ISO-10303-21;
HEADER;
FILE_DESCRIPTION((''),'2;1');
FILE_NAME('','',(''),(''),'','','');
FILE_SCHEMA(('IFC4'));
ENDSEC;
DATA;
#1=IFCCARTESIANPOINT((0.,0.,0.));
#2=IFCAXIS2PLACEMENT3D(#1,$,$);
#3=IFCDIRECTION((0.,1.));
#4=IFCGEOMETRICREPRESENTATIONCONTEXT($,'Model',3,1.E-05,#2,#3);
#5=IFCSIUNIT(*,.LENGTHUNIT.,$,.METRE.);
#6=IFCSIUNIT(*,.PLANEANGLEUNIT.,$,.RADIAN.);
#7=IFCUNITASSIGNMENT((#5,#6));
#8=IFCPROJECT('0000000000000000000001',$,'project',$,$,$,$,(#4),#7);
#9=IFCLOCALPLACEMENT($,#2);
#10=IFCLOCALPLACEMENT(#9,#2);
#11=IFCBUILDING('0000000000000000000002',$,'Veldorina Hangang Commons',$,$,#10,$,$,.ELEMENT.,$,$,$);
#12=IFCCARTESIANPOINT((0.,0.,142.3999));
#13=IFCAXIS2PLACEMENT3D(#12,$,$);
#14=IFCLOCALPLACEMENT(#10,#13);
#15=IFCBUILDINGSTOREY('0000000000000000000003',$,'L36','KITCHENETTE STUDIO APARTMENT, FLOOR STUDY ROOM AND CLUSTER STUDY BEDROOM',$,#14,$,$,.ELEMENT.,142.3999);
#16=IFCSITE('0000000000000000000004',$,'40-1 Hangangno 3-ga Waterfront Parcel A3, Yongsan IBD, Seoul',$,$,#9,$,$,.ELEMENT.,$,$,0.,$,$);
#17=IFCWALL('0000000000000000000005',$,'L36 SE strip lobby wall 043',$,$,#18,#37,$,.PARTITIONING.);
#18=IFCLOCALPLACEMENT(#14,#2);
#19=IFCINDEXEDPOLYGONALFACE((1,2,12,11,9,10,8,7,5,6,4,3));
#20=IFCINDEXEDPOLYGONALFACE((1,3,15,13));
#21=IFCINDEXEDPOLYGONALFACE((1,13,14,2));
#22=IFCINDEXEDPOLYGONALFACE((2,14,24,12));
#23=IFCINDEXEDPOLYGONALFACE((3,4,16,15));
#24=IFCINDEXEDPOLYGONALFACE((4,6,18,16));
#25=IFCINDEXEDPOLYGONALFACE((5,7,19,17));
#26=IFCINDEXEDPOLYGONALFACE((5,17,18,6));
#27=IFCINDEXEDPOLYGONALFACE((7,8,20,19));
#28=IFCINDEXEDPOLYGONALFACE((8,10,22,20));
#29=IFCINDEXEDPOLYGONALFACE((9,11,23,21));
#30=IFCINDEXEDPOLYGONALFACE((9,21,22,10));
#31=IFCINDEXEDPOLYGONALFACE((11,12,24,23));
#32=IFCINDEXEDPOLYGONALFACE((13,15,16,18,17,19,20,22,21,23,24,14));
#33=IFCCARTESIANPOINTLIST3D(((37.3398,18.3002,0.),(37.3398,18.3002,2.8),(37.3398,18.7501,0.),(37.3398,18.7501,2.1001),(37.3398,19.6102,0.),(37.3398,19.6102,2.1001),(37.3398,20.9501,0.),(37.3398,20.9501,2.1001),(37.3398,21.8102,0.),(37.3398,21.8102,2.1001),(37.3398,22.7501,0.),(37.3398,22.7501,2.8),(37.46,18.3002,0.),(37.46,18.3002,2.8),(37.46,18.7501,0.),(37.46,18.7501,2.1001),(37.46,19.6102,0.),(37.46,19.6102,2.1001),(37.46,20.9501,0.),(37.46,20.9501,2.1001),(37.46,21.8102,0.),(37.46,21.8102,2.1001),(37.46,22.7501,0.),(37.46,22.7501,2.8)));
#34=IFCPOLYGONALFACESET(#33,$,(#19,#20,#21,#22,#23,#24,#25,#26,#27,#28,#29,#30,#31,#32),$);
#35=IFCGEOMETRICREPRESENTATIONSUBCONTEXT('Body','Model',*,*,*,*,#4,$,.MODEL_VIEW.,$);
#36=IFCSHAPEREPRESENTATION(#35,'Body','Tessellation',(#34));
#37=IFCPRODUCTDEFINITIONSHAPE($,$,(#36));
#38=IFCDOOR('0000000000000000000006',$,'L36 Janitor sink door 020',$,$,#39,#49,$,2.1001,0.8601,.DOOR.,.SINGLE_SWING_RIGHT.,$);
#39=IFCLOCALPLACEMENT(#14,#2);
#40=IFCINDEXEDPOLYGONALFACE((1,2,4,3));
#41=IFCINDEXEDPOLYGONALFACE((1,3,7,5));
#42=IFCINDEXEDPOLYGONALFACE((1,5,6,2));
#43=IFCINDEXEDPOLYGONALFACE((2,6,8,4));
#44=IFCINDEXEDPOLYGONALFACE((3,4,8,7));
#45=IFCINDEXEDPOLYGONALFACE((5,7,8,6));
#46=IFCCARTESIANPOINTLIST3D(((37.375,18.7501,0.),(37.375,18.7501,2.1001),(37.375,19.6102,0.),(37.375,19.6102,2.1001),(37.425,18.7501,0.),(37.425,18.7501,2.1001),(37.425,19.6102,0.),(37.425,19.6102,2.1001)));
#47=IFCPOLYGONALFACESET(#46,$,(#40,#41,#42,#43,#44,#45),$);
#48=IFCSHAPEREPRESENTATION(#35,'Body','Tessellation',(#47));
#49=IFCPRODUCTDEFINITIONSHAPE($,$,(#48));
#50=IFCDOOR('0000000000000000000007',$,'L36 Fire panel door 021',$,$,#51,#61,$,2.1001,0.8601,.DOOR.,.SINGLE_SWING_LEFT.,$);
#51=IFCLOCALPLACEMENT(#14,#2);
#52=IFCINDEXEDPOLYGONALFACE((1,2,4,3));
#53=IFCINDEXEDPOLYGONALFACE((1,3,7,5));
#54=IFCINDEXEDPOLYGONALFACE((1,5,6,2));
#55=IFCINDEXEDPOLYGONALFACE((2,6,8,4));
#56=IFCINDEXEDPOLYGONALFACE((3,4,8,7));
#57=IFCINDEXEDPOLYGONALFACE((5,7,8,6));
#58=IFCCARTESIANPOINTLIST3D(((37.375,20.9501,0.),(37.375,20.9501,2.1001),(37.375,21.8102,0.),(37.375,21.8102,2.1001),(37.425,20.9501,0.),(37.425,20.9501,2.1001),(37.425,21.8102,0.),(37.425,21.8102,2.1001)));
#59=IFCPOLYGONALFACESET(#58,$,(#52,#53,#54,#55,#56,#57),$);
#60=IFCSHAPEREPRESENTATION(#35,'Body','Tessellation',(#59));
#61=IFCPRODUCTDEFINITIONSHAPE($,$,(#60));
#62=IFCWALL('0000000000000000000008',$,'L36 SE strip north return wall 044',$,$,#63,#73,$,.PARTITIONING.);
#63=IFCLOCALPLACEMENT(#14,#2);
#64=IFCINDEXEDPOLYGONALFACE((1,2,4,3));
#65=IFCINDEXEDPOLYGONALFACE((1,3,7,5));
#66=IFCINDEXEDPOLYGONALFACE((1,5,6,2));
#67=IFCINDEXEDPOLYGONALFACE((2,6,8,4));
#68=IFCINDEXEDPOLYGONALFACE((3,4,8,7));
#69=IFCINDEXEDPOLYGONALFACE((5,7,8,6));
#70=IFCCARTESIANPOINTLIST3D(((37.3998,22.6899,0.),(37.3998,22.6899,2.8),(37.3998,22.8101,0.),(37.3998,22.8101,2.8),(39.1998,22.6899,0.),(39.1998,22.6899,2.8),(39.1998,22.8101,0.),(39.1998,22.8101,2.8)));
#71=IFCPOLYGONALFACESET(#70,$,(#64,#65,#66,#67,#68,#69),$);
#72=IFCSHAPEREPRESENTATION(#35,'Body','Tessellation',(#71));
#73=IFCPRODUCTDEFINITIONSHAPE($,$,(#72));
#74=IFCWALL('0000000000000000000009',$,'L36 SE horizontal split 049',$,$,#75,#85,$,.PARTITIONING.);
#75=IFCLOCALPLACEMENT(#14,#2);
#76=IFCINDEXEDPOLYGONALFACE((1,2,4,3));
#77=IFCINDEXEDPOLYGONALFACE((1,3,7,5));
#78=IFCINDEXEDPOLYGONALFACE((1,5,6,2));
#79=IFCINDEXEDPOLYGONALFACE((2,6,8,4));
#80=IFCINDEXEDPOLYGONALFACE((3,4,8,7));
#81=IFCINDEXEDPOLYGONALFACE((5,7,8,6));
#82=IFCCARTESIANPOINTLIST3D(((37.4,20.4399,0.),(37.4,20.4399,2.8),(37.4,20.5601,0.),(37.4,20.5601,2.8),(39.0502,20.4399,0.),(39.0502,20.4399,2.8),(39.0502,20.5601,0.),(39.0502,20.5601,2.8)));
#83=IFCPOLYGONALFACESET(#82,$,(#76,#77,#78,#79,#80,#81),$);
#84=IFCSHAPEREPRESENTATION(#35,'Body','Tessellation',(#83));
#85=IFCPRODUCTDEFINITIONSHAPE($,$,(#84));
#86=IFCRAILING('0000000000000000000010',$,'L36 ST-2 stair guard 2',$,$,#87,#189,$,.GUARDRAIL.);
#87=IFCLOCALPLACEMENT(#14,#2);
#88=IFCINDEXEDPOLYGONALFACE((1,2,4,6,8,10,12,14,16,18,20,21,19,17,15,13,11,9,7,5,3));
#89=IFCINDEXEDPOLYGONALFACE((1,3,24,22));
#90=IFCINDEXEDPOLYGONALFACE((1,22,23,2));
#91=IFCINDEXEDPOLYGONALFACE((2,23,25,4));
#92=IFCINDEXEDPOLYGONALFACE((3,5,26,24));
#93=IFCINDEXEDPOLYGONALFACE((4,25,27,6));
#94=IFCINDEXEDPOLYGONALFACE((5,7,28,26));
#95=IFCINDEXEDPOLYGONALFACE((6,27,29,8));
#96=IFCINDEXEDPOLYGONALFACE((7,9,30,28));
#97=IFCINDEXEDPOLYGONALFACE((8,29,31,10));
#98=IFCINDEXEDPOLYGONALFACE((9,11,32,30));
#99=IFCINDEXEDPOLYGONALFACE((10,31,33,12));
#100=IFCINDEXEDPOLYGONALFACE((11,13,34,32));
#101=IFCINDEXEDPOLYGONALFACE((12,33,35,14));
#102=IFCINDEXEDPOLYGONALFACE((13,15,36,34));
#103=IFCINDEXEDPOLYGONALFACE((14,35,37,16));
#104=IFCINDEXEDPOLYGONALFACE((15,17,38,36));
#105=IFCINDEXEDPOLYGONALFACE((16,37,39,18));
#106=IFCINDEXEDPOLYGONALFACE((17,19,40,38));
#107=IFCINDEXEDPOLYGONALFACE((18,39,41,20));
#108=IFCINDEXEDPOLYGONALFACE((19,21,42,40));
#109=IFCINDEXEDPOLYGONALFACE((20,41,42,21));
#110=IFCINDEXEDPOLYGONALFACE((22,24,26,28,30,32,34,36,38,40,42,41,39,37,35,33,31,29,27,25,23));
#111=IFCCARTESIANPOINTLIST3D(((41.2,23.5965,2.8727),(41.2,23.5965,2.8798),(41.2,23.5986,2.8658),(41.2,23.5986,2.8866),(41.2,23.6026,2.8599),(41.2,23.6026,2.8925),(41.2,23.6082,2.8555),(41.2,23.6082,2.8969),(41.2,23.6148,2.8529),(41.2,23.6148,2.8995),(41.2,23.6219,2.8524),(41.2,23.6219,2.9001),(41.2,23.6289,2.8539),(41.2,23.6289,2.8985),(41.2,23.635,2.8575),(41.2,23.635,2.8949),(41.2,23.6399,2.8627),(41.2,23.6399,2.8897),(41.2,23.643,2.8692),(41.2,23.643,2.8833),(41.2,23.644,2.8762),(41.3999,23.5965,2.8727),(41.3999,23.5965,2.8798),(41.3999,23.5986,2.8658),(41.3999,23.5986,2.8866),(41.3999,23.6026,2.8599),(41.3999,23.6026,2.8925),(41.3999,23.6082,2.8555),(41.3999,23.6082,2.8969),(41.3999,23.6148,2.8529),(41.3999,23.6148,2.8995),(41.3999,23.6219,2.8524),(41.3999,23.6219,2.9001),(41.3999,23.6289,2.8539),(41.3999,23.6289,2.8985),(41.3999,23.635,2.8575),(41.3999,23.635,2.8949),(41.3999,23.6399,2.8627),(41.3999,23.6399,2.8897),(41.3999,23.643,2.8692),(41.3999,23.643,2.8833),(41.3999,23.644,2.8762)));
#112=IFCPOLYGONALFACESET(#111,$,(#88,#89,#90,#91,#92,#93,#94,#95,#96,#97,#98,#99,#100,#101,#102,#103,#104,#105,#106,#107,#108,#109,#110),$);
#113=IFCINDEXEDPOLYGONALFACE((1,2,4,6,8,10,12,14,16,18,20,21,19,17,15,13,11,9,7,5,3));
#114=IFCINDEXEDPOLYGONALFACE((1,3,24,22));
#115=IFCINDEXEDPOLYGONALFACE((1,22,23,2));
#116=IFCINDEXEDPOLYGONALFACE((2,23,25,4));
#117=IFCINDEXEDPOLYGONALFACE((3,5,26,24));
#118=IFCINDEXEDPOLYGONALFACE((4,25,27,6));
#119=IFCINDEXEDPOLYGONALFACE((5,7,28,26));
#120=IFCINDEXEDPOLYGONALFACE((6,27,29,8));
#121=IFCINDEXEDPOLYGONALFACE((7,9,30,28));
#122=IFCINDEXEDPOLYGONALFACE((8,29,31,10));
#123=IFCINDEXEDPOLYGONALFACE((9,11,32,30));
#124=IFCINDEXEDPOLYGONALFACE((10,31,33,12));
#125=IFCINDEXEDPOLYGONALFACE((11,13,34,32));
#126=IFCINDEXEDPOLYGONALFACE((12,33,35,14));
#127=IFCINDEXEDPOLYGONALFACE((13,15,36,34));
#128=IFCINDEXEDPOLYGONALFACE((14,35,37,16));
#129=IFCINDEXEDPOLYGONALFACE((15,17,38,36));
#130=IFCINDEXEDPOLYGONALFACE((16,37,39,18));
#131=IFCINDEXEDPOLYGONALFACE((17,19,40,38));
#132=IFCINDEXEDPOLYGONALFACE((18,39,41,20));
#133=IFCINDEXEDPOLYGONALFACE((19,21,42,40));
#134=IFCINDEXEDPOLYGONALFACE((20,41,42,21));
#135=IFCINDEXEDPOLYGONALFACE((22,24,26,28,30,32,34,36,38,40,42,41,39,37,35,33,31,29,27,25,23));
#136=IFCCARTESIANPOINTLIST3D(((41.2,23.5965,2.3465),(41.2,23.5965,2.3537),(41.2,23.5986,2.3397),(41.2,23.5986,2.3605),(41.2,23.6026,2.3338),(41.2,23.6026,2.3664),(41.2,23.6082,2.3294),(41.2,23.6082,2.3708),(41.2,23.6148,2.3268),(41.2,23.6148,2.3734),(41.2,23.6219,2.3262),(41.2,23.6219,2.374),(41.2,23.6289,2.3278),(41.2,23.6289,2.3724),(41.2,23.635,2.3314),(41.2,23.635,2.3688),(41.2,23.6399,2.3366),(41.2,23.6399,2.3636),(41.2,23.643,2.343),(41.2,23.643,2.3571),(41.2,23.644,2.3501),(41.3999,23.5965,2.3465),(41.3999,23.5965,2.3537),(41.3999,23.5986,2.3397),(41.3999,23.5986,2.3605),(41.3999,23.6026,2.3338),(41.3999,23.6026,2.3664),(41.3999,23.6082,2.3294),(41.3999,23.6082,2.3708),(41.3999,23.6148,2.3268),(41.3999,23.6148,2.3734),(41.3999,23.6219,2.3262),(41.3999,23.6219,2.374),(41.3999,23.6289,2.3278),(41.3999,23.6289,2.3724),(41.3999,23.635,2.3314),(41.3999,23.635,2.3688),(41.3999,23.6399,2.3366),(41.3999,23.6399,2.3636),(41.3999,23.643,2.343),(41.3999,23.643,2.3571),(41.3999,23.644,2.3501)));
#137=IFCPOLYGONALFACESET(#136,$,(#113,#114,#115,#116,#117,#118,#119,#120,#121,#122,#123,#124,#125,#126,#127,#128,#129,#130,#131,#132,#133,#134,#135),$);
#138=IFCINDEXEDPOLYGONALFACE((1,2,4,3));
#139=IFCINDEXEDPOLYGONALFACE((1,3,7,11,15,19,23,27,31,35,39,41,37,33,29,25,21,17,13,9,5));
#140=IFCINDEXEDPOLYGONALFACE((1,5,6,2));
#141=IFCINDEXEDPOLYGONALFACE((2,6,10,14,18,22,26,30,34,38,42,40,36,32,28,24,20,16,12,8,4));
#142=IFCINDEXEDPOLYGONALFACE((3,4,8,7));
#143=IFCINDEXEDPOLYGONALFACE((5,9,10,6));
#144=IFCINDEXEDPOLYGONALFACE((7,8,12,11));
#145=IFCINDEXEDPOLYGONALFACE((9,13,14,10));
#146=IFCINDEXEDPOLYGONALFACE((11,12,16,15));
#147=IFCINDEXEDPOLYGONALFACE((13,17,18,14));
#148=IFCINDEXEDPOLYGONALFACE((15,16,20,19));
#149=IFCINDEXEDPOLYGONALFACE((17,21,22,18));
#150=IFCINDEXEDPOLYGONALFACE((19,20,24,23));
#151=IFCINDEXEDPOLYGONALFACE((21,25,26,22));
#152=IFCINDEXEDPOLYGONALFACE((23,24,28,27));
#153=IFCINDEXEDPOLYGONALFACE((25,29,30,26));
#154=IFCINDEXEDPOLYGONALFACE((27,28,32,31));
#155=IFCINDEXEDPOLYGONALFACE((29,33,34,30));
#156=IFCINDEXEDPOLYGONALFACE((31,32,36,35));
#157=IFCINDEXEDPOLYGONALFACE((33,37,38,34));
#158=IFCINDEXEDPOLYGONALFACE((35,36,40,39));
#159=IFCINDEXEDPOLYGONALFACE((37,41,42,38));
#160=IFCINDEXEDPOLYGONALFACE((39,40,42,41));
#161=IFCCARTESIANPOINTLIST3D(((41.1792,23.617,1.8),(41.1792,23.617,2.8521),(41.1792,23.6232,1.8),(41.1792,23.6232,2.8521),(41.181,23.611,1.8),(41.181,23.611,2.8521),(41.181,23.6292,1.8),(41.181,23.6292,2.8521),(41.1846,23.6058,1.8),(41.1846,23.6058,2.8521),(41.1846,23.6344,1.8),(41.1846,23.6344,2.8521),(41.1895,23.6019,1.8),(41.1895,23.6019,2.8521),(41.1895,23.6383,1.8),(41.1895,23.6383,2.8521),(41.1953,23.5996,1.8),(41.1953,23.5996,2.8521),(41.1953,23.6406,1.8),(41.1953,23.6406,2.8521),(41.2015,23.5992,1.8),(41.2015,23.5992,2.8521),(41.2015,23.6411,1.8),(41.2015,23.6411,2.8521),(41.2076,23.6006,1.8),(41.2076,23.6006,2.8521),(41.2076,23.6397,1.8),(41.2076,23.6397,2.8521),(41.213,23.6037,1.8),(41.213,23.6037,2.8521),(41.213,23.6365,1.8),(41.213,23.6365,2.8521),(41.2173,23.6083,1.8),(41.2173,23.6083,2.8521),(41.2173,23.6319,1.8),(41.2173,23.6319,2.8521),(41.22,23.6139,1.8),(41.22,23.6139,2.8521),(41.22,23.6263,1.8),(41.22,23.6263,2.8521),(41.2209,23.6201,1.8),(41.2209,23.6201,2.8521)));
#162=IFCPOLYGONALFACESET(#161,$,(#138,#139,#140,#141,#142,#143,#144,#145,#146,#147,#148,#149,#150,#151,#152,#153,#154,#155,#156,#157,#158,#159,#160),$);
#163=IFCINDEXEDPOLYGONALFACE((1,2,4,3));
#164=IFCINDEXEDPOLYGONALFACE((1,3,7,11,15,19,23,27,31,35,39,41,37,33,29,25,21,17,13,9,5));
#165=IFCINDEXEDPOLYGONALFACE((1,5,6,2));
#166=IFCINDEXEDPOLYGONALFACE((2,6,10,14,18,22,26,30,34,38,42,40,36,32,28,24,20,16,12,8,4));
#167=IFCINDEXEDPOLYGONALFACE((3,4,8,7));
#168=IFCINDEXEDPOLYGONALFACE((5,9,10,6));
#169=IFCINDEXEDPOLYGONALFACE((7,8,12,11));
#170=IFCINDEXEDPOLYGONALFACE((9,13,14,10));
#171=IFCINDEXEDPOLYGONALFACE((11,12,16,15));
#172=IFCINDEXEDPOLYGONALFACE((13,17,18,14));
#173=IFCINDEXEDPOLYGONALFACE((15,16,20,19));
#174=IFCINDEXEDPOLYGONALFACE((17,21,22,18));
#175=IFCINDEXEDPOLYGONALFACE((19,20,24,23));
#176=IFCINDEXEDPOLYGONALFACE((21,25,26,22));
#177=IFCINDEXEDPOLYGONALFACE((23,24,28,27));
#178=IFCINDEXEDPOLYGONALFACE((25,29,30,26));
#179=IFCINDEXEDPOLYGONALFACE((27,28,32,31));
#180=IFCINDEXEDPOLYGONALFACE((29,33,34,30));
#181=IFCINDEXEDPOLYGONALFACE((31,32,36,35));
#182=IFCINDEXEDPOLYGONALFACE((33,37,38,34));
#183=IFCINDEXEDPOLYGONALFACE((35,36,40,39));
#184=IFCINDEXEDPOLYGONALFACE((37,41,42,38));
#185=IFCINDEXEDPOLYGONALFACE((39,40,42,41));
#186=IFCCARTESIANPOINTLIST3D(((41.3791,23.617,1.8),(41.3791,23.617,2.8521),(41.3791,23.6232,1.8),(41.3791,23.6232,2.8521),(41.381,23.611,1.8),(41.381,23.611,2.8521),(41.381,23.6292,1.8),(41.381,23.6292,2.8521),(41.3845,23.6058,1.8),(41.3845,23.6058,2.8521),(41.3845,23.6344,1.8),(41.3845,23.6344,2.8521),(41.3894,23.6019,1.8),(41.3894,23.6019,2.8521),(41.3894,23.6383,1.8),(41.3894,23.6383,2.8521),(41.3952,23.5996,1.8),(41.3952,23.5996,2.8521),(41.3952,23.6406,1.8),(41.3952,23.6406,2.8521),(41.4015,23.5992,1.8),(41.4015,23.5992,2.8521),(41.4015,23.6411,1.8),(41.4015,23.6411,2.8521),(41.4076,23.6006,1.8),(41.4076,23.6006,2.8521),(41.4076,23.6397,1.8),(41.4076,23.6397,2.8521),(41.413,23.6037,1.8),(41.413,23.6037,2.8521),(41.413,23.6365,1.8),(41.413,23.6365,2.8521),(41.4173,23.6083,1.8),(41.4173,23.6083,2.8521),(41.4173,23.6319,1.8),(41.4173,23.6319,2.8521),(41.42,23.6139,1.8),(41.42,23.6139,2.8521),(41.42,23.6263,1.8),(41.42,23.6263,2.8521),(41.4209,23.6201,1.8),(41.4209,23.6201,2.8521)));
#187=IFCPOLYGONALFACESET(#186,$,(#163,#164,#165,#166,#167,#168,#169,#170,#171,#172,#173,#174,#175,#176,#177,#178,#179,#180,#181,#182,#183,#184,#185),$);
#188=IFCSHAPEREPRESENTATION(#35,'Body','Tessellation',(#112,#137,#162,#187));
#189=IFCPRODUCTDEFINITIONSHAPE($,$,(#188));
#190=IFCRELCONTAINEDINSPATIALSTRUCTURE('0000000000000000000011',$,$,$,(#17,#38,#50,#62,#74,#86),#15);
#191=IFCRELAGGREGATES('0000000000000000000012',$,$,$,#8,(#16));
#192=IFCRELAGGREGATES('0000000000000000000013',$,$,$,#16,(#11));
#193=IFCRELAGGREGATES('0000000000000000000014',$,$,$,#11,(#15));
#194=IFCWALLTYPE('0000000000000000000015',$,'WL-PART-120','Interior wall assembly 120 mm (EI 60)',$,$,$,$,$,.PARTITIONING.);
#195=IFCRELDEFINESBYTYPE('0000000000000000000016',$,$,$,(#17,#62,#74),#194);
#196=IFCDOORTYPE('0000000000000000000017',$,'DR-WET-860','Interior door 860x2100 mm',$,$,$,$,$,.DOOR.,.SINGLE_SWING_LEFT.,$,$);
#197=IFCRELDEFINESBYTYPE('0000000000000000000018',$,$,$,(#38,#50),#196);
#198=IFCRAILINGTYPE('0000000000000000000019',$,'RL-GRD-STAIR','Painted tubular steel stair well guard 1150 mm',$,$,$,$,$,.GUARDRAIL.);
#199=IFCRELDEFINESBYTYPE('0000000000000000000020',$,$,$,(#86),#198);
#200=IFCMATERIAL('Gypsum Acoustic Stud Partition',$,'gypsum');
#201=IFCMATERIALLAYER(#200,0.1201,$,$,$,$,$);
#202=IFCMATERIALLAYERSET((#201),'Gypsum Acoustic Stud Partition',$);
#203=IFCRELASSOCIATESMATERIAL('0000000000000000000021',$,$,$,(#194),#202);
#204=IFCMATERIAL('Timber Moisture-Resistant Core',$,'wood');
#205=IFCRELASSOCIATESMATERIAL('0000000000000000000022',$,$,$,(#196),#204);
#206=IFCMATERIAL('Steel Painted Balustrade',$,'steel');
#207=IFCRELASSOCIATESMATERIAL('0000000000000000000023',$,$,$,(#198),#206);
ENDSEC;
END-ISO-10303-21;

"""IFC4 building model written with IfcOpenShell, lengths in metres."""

from ifc_helpers import new_model, si_unit, direction, frame, frame_2d, origin, origin_2d, place, context, subcontext, project, spatial, rectangle, circle, extrude, material, layer, layer_set, type_object, element, fill, save


model = new_model("IFC4")

# Units and contexts
model_context = context("Model", 3, precision=1e-05, world=origin(), true_north=direction((0.0, 1.0)))
body_context = subcontext(model_context, "Body", "Model", "MODEL_VIEW")
ifc_project = project(units=[si_unit("LENGTHUNIT", "METRE"), si_unit("PLANEANGLEUNIT", "RADIAN")], contexts=[model_context])

# Site, building, storey
site_placement = place(None, origin())
site = spatial("IfcSite", under=ifc_project, at=site_placement, Name="40-1 Hangangno 3-ga Waterfront Parcel A3, Yongsan IBD, Seoul", CompositionType="ELEMENT", RefElevation=0.0)
building_placement = place(site_placement, origin())
building = spatial("IfcBuilding", under=site, at=building_placement, Name="Veldorina Hangang Commons", CompositionType="ELEMENT")
storey_placement = place(building_placement, frame((0.0, 0.0, 142.3999)))
storey = spatial("IfcBuildingStorey", under=building, at=storey_placement, Name="L36", Description="KITCHENETTE STUDIO APARTMENT, FLOOR STUDY ROOM AND CLUSTER STUDY BEDROOM", CompositionType="ELEMENT", Elevation=142.3999)

# Wall, openings, doors
ifc_material_1 = material(Name="Gypsum Acoustic Stud Partition", Category="gypsum")
ifc_layer_1 = layer(ifc_material_1, 0.1201)
ifc_layer_set_1 = layer_set([ifc_layer_1], Name="Gypsum Acoustic Stud Partition")
wall_type_1 = type_object("IfcWallType", Name="WL-PART-120", Description="Interior wall assembly 120 mm (EI 60)", PredefinedType="PARTITIONING", material=ifc_layer_set_1)
wall_1_placement = place(storey_placement, frame((37.3999, 18.3, 0.0), z_axis=(0.0, 0.0, 1.0), x_axis=(0.0, 1.0, 0.0)))
wall_1 = element("IfcWall", 1, at=wall_1_placement, inside=storey, type_object=wall_type_1, Name="L36 SE strip lobby wall 043", PredefinedType="PARTITIONING", context=body_context, shape_type="SweptSolid", body=[
    extrude(rectangle(XDim=4.45, YDim=0.1201, at=frame_2d((2.2251, 0.0))), origin(), (0.0, 0.0, 1.0), 2.8),
])
opening_1_placement = place(wall_1_placement, frame((0.45, 0.0, 0.0)))
opening_1 = element("IfcOpeningElement", 2, at=opening_1_placement, cuts=wall_1, PredefinedType="OPENING", context=body_context, shape_type="SweptSolid", body=[
    extrude(rectangle(XDim=0.8601, YDim=2.1001, at=frame_2d((0.4302, 1.05))), frame((0.0, 0.0701, 0.0), z_axis=(0.0, -1.0, 0.0), x_axis=(1.0, 0.0, 0.0)), (0.0, 0.0, 1.0), 0.1401),
])
opening_2_placement = place(wall_1_placement, frame((2.6499, 0.0, 0.0)))
opening_2 = element("IfcOpeningElement", 3, at=opening_2_placement, cuts=wall_1, PredefinedType="OPENING", context=body_context, shape_type="SweptSolid", body=[
    extrude(rectangle(XDim=0.8601, YDim=2.1001, at=frame_2d((0.4302, 1.05))), frame((0.0, 0.0701, 0.0), z_axis=(0.0, -1.0, 0.0), x_axis=(1.0, 0.0, 0.0)), (0.0, 0.0, 1.0), 0.1401),
])
ifc_material_2 = material(Name="Timber Moisture-Resistant Core", Category="wood")
door_type_1 = type_object("IfcDoorType", Name="DR-WET-860", Description="Interior door 860x2100 mm", OperationType="SINGLE_SWING_LEFT", PredefinedType="DOOR", material=ifc_material_2)
door_1_placement = place(opening_1_placement, origin())
door_1 = element("IfcDoor", 4, at=door_1_placement, inside=storey, type_object=door_type_1, Name="L36 Janitor sink door 020", OperationType="SINGLE_SWING_RIGHT", OverallHeight=2.1001, OverallWidth=0.8601, PredefinedType="DOOR", context=body_context, shape_type="SweptSolid", body=[
    extrude(rectangle(XDim=0.8601, YDim=2.1001, at=frame_2d((0.4302, 1.05))), frame((0.0, 0.0249, 0.0), z_axis=(0.0, -1.0, 0.0), x_axis=(1.0, 0.0, 0.0)), (0.0, 0.0, 1.0), 0.05),
])
fill(opening_1, door_1)
door_2_placement = place(opening_2_placement, origin())
door_2 = element("IfcDoor", 5, at=door_2_placement, inside=storey, type_object=door_type_1, Name="L36 Fire panel door 021", OperationType="SINGLE_SWING_LEFT", OverallHeight=2.1001, OverallWidth=0.8601, PredefinedType="DOOR", context=body_context, shape_type="SweptSolid", body=[
    extrude(rectangle(XDim=0.8601, YDim=2.1001, at=frame_2d((0.4302, 1.05))), frame((0.0, 0.0249, 0.0), z_axis=(0.0, -1.0, 0.0), x_axis=(1.0, 0.0, 0.0)), (0.0, 0.0, 1.0), 0.05),
])
fill(opening_2, door_2)

# Walls
wall_2_placement = place(storey_placement, frame((37.3999, 22.75, 0.0), z_axis=(0.0, 0.0, 1.0), x_axis=(1.0, 0.0, 0.0)))
element("IfcWall", 6, at=wall_2_placement, inside=storey, type_object=wall_type_1, Name="L36 SE strip north return wall 044", PredefinedType="PARTITIONING", context=body_context, shape_type="SweptSolid", body=[
    extrude(rectangle(XDim=1.8, YDim=0.1201, at=frame_2d((0.8999, 0.0))), origin(), (0.0, 0.0, 1.0), 2.8),
])
wall_3_placement = place(storey_placement, frame((37.3999, 20.5, 0.0), z_axis=(0.0, 0.0, 1.0), x_axis=(1.0, 0.0, 0.0)))
element("IfcWall", 7, at=wall_3_placement, inside=storey, type_object=wall_type_1, Name="L36 SE horizontal split 049", PredefinedType="PARTITIONING", context=body_context, shape_type="SweptSolid", body=[
    extrude(rectangle(XDim=1.6501, YDim=0.1201, at=frame_2d((0.8252, 0.0))), origin(), (0.0, 0.0, 1.0), 2.8),
])

# Railing
ifc_material_3 = material(Name="Steel Painted Balustrade", Category="steel")
railing_type = type_object("IfcRailingType", Name="RL-GRD-STAIR", Description="Painted tubular steel stair well guard 1150 mm", PredefinedType="GUARDRAIL", material=ifc_material_3)
railing_placement = place(storey_placement, frame((41.2, 23.6201, 1.8)))
element("IfcRailing", 8, at=railing_placement, inside=storey, type_object=railing_type, Name="L36 ST-2 stair guard 2", PredefinedType="GUARDRAIL", context=body_context, shape_type="SweptSolid", body=[
    extrude(circle(Radius=0.0239, at=origin_2d()), frame((0.0, 0.0, 1.0762), z_axis=(1.0, 0.0, 0.0), x_axis=(0.0, 1.0, 0.0)), (0.0, 0.0, 1.0), 0.2),
    extrude(circle(Radius=0.0239, at=origin_2d()), frame((0.0, 0.0, 0.55), z_axis=(1.0, 0.0, 0.0), x_axis=(0.0, 1.0, 0.0)), (0.0, 0.0, 1.0), 0.2),
    extrude(circle(Radius=0.021, at=origin_2d()), origin(), (0.0, 0.0, 1.0), 1.052),
    extrude(circle(Radius=0.021, at=origin_2d()), frame((0.2, 0.0, 0.0)), (0.0, 0.0, 1.0), 1.052),
])

save(model, "model.ifc")
